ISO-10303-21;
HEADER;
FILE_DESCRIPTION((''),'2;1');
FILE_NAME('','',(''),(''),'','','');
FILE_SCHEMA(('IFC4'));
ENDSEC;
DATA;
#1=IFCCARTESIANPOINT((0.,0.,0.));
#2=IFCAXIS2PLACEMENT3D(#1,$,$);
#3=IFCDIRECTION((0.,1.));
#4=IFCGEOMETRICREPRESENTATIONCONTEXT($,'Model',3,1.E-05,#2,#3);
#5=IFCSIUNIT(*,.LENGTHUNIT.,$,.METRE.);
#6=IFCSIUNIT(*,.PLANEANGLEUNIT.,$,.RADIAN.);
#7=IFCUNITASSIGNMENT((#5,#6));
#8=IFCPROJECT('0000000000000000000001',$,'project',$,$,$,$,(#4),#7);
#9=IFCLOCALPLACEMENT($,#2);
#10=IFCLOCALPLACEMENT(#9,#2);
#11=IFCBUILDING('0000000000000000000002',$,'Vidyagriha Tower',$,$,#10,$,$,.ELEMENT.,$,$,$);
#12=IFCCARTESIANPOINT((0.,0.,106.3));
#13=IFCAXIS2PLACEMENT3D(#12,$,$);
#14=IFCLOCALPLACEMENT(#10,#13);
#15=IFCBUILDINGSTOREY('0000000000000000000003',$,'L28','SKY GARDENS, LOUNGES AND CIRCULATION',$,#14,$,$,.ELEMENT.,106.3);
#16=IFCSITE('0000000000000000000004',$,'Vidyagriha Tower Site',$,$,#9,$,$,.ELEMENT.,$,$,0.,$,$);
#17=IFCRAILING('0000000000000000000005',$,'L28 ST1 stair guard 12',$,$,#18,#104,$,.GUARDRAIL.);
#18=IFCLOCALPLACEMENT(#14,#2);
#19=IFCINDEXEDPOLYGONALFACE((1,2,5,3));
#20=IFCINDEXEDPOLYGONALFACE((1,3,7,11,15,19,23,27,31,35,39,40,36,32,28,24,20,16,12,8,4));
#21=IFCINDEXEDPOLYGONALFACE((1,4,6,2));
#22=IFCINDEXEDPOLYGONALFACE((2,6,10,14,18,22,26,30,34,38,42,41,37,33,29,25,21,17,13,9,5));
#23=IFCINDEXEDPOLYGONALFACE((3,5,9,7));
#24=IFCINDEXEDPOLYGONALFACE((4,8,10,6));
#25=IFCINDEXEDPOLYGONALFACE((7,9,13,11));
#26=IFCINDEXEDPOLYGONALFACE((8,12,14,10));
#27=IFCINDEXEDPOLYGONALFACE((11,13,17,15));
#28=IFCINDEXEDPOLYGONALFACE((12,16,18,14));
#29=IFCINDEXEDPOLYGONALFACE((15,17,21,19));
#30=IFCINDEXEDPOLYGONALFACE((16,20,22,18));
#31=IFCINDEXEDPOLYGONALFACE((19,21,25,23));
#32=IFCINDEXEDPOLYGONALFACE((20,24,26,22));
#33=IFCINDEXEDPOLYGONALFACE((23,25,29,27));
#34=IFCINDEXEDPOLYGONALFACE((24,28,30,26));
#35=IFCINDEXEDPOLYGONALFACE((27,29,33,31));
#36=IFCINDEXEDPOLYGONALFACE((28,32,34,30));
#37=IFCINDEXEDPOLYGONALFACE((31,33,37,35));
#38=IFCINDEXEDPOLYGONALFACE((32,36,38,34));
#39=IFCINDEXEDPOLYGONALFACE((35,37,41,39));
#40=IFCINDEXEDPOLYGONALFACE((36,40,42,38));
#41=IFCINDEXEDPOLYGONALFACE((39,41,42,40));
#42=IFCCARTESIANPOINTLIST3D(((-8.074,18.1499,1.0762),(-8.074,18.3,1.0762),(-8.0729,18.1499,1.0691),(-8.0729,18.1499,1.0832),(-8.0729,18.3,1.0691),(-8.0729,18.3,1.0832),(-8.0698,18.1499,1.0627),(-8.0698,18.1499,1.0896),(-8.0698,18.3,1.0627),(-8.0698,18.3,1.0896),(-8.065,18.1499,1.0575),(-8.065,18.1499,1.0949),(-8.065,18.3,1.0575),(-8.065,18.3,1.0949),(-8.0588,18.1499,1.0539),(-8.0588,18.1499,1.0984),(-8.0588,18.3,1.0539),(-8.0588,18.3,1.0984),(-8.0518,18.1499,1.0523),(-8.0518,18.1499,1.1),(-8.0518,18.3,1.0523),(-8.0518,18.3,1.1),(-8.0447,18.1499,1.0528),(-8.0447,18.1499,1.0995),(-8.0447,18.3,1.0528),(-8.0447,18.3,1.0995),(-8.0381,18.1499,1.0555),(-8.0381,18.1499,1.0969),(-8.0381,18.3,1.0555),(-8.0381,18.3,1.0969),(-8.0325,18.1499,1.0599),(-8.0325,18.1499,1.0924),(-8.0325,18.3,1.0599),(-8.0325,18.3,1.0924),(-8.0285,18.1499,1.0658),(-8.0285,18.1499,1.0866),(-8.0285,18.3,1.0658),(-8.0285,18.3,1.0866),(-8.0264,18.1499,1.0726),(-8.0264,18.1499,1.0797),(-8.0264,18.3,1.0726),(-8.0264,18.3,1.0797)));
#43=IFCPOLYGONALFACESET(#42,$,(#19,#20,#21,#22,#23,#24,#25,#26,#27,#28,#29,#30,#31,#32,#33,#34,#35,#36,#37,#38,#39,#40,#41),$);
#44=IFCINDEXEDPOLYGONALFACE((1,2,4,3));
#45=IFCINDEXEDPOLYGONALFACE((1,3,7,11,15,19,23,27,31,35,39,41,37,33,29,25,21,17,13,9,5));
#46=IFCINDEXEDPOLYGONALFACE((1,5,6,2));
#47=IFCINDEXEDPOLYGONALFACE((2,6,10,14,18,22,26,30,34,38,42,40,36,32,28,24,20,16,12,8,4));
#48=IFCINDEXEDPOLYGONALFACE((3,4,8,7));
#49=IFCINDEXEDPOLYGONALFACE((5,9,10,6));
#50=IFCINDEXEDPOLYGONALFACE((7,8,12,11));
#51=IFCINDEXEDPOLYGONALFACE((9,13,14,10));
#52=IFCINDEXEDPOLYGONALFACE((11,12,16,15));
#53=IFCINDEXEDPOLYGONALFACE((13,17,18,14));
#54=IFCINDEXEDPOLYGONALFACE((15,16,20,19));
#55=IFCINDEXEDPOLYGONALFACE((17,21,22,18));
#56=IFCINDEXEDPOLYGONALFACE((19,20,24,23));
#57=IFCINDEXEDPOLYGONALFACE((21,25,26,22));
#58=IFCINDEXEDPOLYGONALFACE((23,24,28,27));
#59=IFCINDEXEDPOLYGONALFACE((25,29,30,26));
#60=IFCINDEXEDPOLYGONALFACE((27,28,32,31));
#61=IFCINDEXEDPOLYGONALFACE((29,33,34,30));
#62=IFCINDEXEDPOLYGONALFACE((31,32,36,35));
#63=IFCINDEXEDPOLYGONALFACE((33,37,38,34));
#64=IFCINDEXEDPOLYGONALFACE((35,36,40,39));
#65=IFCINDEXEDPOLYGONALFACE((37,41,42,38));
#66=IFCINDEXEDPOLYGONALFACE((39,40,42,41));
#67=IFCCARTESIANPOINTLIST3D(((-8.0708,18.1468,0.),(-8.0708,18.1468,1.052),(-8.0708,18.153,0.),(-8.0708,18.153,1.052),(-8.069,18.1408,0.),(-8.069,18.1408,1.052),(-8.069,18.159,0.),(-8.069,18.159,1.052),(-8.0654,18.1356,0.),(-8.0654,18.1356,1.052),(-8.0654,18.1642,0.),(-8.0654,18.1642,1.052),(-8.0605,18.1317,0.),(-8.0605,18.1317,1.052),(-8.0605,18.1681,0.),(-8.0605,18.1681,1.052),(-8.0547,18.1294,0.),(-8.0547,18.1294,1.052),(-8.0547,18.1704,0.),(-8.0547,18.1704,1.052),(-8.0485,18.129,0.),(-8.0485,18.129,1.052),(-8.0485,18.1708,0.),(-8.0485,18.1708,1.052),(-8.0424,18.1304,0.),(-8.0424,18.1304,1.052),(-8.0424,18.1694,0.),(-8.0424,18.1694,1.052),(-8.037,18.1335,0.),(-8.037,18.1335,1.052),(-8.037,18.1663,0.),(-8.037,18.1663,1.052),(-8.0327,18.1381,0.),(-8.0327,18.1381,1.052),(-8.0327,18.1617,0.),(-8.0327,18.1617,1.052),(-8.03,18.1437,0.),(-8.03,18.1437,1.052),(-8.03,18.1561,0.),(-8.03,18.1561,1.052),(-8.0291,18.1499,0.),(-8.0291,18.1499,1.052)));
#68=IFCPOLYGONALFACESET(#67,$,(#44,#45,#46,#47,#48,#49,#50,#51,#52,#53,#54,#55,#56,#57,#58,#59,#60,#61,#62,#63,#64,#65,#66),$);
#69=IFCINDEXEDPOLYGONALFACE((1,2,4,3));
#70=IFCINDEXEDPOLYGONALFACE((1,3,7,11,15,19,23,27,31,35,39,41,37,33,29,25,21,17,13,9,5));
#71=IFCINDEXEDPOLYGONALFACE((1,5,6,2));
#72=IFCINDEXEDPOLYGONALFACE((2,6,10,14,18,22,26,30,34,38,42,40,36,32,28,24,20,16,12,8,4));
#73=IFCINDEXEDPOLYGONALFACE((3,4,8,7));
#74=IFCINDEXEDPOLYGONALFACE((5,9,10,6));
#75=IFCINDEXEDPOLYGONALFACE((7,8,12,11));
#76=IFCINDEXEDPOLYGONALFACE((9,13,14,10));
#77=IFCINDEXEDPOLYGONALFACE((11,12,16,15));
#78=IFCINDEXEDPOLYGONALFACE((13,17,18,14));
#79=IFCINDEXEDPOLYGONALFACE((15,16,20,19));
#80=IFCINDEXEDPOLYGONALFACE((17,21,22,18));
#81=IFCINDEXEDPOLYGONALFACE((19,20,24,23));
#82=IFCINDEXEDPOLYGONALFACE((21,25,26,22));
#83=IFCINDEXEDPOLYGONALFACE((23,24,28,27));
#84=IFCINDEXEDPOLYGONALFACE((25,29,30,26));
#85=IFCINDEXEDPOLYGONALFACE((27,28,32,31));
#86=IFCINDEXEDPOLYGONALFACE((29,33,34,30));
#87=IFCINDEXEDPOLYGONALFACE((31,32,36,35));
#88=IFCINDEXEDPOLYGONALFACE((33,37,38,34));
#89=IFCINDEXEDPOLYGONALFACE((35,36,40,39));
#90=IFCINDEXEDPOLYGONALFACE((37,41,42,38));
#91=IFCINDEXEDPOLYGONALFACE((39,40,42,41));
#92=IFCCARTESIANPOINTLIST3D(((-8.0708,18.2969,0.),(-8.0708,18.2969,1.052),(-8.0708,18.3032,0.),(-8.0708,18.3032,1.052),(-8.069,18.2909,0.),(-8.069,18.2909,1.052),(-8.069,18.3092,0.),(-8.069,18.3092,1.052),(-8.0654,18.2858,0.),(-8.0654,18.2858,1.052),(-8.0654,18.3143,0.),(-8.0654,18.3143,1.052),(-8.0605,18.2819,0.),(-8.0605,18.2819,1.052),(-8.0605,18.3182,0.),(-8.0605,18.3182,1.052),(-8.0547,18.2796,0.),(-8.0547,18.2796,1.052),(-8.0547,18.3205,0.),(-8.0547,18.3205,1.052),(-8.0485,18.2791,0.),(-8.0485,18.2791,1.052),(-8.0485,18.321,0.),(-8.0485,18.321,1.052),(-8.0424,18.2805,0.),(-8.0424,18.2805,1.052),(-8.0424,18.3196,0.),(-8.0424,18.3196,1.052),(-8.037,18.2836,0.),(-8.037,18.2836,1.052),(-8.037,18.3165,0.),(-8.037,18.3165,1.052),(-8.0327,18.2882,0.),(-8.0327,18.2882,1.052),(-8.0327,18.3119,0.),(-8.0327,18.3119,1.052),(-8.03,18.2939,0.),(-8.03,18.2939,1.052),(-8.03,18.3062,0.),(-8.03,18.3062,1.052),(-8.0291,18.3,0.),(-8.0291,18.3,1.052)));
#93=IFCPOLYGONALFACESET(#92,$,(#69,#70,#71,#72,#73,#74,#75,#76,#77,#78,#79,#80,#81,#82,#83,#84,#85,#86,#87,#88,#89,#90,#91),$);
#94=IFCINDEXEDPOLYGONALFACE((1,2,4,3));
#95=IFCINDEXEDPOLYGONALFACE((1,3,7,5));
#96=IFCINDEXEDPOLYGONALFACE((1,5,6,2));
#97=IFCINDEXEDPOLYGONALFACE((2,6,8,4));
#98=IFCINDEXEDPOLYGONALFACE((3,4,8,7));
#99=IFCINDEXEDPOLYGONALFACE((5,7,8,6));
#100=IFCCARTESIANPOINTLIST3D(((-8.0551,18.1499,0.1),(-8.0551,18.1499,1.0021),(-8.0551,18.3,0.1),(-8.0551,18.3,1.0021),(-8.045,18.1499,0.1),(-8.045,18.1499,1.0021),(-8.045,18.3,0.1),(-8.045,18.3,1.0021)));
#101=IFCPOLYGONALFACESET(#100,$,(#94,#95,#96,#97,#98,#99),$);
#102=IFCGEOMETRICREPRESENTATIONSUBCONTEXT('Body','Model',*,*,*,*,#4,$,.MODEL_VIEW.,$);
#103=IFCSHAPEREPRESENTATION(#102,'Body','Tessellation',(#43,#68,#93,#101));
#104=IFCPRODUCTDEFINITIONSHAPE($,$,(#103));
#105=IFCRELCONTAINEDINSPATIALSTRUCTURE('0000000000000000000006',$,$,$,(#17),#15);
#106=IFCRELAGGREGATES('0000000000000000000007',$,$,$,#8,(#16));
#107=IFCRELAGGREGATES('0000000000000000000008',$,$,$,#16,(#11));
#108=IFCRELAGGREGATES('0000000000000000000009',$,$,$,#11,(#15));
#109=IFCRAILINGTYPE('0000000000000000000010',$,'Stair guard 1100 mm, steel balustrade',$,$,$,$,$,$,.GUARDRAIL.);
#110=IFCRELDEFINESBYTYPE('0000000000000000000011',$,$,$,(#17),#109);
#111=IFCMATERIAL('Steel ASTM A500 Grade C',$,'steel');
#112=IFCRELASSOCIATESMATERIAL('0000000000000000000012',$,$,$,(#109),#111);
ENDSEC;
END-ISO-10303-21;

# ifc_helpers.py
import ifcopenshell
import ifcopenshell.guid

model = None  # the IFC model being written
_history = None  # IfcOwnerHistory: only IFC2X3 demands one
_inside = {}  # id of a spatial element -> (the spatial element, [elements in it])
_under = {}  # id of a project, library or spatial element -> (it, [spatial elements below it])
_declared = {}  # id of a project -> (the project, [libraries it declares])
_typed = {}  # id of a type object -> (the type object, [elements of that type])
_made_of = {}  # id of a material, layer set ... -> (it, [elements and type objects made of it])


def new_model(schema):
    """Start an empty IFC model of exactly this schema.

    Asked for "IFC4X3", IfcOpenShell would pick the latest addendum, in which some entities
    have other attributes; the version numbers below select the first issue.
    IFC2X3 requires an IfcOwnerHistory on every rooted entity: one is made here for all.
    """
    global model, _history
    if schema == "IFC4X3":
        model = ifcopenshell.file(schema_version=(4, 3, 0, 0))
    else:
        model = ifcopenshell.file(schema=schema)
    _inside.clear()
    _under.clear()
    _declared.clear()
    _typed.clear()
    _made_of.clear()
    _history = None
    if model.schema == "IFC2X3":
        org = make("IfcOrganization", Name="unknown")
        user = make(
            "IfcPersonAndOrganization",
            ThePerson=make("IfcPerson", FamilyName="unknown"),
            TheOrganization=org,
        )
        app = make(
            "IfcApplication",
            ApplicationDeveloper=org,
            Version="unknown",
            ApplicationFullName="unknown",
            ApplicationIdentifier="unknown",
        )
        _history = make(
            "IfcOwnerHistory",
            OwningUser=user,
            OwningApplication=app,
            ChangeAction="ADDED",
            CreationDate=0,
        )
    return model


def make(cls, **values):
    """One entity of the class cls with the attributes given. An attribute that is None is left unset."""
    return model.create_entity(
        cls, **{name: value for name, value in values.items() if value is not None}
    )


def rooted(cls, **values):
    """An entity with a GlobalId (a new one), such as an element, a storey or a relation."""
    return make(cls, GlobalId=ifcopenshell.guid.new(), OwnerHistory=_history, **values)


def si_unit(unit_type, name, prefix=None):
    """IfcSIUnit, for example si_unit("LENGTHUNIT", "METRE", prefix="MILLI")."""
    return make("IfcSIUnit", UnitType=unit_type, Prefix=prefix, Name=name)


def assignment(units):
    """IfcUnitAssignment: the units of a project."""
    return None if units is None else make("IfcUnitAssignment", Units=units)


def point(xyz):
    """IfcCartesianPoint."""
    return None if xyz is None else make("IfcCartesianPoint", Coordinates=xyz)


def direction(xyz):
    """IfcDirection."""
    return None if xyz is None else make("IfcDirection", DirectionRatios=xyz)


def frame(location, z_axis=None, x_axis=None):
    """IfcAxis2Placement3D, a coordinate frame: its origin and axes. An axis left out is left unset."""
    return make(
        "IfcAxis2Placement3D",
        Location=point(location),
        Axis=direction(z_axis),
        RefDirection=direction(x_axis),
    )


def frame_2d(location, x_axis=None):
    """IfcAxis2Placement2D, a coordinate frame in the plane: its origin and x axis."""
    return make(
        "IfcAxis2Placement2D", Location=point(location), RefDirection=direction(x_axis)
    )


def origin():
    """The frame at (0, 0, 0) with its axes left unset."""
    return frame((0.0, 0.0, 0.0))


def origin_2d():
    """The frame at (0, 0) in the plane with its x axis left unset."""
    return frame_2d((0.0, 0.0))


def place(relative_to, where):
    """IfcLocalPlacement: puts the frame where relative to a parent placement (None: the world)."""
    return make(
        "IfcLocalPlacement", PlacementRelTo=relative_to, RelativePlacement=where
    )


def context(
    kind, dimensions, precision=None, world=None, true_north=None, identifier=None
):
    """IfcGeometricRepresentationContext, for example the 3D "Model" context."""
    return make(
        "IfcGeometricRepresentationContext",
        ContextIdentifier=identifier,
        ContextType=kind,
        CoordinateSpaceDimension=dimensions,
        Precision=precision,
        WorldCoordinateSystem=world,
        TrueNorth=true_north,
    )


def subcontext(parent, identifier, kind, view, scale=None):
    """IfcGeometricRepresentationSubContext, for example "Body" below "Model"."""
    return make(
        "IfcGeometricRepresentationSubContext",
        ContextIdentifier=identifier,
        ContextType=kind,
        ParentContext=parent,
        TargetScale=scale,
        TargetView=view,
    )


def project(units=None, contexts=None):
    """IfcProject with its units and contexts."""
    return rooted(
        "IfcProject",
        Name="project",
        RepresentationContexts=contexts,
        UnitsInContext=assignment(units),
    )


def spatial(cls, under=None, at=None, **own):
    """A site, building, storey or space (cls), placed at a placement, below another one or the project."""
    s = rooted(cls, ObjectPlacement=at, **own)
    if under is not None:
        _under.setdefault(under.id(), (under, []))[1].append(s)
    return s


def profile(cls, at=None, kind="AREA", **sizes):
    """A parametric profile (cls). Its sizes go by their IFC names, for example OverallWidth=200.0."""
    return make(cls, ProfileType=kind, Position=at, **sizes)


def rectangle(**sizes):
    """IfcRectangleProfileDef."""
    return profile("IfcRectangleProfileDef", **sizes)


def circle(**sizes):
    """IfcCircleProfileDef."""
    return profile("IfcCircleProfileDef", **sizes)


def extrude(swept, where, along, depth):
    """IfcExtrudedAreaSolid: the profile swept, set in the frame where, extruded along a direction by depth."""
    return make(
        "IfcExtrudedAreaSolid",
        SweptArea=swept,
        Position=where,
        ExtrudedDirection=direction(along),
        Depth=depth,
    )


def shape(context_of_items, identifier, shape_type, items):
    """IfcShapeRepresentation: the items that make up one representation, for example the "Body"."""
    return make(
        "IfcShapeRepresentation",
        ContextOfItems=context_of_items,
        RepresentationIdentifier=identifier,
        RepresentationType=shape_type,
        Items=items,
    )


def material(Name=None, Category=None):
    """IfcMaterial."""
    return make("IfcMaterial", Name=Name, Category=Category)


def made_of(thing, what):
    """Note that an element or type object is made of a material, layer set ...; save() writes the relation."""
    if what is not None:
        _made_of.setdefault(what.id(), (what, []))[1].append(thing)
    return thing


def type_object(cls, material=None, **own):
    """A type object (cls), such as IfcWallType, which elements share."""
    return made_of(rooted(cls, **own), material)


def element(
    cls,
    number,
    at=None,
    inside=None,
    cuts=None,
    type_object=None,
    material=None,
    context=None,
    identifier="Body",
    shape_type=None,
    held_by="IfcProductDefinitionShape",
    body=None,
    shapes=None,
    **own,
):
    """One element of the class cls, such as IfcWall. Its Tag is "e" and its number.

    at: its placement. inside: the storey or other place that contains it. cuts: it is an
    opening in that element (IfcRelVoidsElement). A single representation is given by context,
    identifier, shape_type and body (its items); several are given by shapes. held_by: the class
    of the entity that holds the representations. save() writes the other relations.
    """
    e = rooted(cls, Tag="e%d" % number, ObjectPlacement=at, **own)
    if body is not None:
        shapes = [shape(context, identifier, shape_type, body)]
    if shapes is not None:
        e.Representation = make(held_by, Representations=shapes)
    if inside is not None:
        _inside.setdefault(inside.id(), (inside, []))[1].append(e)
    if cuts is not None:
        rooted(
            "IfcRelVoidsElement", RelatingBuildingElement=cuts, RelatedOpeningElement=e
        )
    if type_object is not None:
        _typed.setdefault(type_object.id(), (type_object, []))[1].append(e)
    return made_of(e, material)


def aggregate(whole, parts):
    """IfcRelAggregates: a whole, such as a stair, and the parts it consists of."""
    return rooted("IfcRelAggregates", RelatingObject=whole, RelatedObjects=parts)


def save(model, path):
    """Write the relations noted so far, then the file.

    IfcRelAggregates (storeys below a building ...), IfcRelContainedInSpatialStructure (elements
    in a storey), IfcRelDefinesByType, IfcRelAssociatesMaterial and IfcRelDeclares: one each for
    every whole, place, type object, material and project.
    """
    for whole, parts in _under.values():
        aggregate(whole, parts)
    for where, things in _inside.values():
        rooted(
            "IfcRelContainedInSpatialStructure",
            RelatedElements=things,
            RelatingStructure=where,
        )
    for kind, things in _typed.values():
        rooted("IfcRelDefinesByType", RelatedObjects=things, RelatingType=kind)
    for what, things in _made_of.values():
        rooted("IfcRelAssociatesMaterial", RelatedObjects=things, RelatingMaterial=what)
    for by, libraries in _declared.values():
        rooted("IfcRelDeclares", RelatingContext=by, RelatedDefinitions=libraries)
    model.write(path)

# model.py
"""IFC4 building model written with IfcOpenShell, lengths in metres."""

from ifc_helpers import new_model, si_unit, direction, frame, origin, origin_2d, place, context, subcontext, project, spatial, rectangle, circle, extrude, material, type_object, element, save


model = new_model("IFC4")

# Units and contexts
model_context = context("Model", 3, precision=1e-05, world=origin(), true_north=direction((0.0, 1.0)))
body_context = subcontext(model_context, "Body", "Model", "MODEL_VIEW")
ifc_project = project(units=[si_unit("LENGTHUNIT", "METRE"), si_unit("PLANEANGLEUNIT", "RADIAN")], contexts=[model_context])

# Site, building, storey
site_placement = place(None, origin())
site = spatial("IfcSite", under=ifc_project, at=site_placement, Name="Vidyagriha Tower Site", CompositionType="ELEMENT", RefElevation=0.0)
building_placement = place(site_placement, origin())
building = spatial("IfcBuilding", under=site, at=building_placement, Name="Vidyagriha Tower", CompositionType="ELEMENT")
storey_placement = place(building_placement, frame((0.0, 0.0, 106.3)))
storey = spatial("IfcBuildingStorey", under=building, at=storey_placement, Name="L28", Description="SKY GARDENS, LOUNGES AND CIRCULATION", CompositionType="ELEMENT", Elevation=106.3)

# Railing
ifc_material_1 = material(Name="Steel ASTM A500 Grade C", Category="steel")
railing_type_1 = type_object("IfcRailingType", Name="Stair guard 1100 mm, steel balustrade", PredefinedType="GUARDRAIL", material=ifc_material_1)
for number, where, name in (
    (1, (-8.05, 18.1499, 0.0), "L28 ST1 stair guard 12"),
):
    element("IfcRailing", number, at=place(storey_placement, frame(where)), inside=storey, type_object=railing_type_1, Name=name, PredefinedType="GUARDRAIL", context=body_context, shape_type="SweptSolid", body=[
        extrude(circle(Radius=0.0239, at=origin_2d()), frame((0.0, 0.0, 1.0762), z_axis=(0.0, 1.0, 0.0), x_axis=(-1.0, 0.0, 0.0)), (0.0, 0.0, 1.0), 0.1501),
        extrude(circle(Radius=0.021, at=origin_2d()), origin(), (0.0, 0.0, 1.0), 1.052),
        extrude(circle(Radius=0.021, at=origin_2d()), frame((0.0, 0.1501, 0.0)), (0.0, 0.0, 1.0), 1.052),
        extrude(rectangle(XDim=0.01, YDim=0.9021, at=origin_2d()), frame((0.0, 0.0, 0.551), z_axis=(0.0, 1.0, 0.0), x_axis=(-1.0, 0.0, 0.0)), (0.0, 0.0, 1.0), 0.1501),
    ])

save(model, "model.ifc")
